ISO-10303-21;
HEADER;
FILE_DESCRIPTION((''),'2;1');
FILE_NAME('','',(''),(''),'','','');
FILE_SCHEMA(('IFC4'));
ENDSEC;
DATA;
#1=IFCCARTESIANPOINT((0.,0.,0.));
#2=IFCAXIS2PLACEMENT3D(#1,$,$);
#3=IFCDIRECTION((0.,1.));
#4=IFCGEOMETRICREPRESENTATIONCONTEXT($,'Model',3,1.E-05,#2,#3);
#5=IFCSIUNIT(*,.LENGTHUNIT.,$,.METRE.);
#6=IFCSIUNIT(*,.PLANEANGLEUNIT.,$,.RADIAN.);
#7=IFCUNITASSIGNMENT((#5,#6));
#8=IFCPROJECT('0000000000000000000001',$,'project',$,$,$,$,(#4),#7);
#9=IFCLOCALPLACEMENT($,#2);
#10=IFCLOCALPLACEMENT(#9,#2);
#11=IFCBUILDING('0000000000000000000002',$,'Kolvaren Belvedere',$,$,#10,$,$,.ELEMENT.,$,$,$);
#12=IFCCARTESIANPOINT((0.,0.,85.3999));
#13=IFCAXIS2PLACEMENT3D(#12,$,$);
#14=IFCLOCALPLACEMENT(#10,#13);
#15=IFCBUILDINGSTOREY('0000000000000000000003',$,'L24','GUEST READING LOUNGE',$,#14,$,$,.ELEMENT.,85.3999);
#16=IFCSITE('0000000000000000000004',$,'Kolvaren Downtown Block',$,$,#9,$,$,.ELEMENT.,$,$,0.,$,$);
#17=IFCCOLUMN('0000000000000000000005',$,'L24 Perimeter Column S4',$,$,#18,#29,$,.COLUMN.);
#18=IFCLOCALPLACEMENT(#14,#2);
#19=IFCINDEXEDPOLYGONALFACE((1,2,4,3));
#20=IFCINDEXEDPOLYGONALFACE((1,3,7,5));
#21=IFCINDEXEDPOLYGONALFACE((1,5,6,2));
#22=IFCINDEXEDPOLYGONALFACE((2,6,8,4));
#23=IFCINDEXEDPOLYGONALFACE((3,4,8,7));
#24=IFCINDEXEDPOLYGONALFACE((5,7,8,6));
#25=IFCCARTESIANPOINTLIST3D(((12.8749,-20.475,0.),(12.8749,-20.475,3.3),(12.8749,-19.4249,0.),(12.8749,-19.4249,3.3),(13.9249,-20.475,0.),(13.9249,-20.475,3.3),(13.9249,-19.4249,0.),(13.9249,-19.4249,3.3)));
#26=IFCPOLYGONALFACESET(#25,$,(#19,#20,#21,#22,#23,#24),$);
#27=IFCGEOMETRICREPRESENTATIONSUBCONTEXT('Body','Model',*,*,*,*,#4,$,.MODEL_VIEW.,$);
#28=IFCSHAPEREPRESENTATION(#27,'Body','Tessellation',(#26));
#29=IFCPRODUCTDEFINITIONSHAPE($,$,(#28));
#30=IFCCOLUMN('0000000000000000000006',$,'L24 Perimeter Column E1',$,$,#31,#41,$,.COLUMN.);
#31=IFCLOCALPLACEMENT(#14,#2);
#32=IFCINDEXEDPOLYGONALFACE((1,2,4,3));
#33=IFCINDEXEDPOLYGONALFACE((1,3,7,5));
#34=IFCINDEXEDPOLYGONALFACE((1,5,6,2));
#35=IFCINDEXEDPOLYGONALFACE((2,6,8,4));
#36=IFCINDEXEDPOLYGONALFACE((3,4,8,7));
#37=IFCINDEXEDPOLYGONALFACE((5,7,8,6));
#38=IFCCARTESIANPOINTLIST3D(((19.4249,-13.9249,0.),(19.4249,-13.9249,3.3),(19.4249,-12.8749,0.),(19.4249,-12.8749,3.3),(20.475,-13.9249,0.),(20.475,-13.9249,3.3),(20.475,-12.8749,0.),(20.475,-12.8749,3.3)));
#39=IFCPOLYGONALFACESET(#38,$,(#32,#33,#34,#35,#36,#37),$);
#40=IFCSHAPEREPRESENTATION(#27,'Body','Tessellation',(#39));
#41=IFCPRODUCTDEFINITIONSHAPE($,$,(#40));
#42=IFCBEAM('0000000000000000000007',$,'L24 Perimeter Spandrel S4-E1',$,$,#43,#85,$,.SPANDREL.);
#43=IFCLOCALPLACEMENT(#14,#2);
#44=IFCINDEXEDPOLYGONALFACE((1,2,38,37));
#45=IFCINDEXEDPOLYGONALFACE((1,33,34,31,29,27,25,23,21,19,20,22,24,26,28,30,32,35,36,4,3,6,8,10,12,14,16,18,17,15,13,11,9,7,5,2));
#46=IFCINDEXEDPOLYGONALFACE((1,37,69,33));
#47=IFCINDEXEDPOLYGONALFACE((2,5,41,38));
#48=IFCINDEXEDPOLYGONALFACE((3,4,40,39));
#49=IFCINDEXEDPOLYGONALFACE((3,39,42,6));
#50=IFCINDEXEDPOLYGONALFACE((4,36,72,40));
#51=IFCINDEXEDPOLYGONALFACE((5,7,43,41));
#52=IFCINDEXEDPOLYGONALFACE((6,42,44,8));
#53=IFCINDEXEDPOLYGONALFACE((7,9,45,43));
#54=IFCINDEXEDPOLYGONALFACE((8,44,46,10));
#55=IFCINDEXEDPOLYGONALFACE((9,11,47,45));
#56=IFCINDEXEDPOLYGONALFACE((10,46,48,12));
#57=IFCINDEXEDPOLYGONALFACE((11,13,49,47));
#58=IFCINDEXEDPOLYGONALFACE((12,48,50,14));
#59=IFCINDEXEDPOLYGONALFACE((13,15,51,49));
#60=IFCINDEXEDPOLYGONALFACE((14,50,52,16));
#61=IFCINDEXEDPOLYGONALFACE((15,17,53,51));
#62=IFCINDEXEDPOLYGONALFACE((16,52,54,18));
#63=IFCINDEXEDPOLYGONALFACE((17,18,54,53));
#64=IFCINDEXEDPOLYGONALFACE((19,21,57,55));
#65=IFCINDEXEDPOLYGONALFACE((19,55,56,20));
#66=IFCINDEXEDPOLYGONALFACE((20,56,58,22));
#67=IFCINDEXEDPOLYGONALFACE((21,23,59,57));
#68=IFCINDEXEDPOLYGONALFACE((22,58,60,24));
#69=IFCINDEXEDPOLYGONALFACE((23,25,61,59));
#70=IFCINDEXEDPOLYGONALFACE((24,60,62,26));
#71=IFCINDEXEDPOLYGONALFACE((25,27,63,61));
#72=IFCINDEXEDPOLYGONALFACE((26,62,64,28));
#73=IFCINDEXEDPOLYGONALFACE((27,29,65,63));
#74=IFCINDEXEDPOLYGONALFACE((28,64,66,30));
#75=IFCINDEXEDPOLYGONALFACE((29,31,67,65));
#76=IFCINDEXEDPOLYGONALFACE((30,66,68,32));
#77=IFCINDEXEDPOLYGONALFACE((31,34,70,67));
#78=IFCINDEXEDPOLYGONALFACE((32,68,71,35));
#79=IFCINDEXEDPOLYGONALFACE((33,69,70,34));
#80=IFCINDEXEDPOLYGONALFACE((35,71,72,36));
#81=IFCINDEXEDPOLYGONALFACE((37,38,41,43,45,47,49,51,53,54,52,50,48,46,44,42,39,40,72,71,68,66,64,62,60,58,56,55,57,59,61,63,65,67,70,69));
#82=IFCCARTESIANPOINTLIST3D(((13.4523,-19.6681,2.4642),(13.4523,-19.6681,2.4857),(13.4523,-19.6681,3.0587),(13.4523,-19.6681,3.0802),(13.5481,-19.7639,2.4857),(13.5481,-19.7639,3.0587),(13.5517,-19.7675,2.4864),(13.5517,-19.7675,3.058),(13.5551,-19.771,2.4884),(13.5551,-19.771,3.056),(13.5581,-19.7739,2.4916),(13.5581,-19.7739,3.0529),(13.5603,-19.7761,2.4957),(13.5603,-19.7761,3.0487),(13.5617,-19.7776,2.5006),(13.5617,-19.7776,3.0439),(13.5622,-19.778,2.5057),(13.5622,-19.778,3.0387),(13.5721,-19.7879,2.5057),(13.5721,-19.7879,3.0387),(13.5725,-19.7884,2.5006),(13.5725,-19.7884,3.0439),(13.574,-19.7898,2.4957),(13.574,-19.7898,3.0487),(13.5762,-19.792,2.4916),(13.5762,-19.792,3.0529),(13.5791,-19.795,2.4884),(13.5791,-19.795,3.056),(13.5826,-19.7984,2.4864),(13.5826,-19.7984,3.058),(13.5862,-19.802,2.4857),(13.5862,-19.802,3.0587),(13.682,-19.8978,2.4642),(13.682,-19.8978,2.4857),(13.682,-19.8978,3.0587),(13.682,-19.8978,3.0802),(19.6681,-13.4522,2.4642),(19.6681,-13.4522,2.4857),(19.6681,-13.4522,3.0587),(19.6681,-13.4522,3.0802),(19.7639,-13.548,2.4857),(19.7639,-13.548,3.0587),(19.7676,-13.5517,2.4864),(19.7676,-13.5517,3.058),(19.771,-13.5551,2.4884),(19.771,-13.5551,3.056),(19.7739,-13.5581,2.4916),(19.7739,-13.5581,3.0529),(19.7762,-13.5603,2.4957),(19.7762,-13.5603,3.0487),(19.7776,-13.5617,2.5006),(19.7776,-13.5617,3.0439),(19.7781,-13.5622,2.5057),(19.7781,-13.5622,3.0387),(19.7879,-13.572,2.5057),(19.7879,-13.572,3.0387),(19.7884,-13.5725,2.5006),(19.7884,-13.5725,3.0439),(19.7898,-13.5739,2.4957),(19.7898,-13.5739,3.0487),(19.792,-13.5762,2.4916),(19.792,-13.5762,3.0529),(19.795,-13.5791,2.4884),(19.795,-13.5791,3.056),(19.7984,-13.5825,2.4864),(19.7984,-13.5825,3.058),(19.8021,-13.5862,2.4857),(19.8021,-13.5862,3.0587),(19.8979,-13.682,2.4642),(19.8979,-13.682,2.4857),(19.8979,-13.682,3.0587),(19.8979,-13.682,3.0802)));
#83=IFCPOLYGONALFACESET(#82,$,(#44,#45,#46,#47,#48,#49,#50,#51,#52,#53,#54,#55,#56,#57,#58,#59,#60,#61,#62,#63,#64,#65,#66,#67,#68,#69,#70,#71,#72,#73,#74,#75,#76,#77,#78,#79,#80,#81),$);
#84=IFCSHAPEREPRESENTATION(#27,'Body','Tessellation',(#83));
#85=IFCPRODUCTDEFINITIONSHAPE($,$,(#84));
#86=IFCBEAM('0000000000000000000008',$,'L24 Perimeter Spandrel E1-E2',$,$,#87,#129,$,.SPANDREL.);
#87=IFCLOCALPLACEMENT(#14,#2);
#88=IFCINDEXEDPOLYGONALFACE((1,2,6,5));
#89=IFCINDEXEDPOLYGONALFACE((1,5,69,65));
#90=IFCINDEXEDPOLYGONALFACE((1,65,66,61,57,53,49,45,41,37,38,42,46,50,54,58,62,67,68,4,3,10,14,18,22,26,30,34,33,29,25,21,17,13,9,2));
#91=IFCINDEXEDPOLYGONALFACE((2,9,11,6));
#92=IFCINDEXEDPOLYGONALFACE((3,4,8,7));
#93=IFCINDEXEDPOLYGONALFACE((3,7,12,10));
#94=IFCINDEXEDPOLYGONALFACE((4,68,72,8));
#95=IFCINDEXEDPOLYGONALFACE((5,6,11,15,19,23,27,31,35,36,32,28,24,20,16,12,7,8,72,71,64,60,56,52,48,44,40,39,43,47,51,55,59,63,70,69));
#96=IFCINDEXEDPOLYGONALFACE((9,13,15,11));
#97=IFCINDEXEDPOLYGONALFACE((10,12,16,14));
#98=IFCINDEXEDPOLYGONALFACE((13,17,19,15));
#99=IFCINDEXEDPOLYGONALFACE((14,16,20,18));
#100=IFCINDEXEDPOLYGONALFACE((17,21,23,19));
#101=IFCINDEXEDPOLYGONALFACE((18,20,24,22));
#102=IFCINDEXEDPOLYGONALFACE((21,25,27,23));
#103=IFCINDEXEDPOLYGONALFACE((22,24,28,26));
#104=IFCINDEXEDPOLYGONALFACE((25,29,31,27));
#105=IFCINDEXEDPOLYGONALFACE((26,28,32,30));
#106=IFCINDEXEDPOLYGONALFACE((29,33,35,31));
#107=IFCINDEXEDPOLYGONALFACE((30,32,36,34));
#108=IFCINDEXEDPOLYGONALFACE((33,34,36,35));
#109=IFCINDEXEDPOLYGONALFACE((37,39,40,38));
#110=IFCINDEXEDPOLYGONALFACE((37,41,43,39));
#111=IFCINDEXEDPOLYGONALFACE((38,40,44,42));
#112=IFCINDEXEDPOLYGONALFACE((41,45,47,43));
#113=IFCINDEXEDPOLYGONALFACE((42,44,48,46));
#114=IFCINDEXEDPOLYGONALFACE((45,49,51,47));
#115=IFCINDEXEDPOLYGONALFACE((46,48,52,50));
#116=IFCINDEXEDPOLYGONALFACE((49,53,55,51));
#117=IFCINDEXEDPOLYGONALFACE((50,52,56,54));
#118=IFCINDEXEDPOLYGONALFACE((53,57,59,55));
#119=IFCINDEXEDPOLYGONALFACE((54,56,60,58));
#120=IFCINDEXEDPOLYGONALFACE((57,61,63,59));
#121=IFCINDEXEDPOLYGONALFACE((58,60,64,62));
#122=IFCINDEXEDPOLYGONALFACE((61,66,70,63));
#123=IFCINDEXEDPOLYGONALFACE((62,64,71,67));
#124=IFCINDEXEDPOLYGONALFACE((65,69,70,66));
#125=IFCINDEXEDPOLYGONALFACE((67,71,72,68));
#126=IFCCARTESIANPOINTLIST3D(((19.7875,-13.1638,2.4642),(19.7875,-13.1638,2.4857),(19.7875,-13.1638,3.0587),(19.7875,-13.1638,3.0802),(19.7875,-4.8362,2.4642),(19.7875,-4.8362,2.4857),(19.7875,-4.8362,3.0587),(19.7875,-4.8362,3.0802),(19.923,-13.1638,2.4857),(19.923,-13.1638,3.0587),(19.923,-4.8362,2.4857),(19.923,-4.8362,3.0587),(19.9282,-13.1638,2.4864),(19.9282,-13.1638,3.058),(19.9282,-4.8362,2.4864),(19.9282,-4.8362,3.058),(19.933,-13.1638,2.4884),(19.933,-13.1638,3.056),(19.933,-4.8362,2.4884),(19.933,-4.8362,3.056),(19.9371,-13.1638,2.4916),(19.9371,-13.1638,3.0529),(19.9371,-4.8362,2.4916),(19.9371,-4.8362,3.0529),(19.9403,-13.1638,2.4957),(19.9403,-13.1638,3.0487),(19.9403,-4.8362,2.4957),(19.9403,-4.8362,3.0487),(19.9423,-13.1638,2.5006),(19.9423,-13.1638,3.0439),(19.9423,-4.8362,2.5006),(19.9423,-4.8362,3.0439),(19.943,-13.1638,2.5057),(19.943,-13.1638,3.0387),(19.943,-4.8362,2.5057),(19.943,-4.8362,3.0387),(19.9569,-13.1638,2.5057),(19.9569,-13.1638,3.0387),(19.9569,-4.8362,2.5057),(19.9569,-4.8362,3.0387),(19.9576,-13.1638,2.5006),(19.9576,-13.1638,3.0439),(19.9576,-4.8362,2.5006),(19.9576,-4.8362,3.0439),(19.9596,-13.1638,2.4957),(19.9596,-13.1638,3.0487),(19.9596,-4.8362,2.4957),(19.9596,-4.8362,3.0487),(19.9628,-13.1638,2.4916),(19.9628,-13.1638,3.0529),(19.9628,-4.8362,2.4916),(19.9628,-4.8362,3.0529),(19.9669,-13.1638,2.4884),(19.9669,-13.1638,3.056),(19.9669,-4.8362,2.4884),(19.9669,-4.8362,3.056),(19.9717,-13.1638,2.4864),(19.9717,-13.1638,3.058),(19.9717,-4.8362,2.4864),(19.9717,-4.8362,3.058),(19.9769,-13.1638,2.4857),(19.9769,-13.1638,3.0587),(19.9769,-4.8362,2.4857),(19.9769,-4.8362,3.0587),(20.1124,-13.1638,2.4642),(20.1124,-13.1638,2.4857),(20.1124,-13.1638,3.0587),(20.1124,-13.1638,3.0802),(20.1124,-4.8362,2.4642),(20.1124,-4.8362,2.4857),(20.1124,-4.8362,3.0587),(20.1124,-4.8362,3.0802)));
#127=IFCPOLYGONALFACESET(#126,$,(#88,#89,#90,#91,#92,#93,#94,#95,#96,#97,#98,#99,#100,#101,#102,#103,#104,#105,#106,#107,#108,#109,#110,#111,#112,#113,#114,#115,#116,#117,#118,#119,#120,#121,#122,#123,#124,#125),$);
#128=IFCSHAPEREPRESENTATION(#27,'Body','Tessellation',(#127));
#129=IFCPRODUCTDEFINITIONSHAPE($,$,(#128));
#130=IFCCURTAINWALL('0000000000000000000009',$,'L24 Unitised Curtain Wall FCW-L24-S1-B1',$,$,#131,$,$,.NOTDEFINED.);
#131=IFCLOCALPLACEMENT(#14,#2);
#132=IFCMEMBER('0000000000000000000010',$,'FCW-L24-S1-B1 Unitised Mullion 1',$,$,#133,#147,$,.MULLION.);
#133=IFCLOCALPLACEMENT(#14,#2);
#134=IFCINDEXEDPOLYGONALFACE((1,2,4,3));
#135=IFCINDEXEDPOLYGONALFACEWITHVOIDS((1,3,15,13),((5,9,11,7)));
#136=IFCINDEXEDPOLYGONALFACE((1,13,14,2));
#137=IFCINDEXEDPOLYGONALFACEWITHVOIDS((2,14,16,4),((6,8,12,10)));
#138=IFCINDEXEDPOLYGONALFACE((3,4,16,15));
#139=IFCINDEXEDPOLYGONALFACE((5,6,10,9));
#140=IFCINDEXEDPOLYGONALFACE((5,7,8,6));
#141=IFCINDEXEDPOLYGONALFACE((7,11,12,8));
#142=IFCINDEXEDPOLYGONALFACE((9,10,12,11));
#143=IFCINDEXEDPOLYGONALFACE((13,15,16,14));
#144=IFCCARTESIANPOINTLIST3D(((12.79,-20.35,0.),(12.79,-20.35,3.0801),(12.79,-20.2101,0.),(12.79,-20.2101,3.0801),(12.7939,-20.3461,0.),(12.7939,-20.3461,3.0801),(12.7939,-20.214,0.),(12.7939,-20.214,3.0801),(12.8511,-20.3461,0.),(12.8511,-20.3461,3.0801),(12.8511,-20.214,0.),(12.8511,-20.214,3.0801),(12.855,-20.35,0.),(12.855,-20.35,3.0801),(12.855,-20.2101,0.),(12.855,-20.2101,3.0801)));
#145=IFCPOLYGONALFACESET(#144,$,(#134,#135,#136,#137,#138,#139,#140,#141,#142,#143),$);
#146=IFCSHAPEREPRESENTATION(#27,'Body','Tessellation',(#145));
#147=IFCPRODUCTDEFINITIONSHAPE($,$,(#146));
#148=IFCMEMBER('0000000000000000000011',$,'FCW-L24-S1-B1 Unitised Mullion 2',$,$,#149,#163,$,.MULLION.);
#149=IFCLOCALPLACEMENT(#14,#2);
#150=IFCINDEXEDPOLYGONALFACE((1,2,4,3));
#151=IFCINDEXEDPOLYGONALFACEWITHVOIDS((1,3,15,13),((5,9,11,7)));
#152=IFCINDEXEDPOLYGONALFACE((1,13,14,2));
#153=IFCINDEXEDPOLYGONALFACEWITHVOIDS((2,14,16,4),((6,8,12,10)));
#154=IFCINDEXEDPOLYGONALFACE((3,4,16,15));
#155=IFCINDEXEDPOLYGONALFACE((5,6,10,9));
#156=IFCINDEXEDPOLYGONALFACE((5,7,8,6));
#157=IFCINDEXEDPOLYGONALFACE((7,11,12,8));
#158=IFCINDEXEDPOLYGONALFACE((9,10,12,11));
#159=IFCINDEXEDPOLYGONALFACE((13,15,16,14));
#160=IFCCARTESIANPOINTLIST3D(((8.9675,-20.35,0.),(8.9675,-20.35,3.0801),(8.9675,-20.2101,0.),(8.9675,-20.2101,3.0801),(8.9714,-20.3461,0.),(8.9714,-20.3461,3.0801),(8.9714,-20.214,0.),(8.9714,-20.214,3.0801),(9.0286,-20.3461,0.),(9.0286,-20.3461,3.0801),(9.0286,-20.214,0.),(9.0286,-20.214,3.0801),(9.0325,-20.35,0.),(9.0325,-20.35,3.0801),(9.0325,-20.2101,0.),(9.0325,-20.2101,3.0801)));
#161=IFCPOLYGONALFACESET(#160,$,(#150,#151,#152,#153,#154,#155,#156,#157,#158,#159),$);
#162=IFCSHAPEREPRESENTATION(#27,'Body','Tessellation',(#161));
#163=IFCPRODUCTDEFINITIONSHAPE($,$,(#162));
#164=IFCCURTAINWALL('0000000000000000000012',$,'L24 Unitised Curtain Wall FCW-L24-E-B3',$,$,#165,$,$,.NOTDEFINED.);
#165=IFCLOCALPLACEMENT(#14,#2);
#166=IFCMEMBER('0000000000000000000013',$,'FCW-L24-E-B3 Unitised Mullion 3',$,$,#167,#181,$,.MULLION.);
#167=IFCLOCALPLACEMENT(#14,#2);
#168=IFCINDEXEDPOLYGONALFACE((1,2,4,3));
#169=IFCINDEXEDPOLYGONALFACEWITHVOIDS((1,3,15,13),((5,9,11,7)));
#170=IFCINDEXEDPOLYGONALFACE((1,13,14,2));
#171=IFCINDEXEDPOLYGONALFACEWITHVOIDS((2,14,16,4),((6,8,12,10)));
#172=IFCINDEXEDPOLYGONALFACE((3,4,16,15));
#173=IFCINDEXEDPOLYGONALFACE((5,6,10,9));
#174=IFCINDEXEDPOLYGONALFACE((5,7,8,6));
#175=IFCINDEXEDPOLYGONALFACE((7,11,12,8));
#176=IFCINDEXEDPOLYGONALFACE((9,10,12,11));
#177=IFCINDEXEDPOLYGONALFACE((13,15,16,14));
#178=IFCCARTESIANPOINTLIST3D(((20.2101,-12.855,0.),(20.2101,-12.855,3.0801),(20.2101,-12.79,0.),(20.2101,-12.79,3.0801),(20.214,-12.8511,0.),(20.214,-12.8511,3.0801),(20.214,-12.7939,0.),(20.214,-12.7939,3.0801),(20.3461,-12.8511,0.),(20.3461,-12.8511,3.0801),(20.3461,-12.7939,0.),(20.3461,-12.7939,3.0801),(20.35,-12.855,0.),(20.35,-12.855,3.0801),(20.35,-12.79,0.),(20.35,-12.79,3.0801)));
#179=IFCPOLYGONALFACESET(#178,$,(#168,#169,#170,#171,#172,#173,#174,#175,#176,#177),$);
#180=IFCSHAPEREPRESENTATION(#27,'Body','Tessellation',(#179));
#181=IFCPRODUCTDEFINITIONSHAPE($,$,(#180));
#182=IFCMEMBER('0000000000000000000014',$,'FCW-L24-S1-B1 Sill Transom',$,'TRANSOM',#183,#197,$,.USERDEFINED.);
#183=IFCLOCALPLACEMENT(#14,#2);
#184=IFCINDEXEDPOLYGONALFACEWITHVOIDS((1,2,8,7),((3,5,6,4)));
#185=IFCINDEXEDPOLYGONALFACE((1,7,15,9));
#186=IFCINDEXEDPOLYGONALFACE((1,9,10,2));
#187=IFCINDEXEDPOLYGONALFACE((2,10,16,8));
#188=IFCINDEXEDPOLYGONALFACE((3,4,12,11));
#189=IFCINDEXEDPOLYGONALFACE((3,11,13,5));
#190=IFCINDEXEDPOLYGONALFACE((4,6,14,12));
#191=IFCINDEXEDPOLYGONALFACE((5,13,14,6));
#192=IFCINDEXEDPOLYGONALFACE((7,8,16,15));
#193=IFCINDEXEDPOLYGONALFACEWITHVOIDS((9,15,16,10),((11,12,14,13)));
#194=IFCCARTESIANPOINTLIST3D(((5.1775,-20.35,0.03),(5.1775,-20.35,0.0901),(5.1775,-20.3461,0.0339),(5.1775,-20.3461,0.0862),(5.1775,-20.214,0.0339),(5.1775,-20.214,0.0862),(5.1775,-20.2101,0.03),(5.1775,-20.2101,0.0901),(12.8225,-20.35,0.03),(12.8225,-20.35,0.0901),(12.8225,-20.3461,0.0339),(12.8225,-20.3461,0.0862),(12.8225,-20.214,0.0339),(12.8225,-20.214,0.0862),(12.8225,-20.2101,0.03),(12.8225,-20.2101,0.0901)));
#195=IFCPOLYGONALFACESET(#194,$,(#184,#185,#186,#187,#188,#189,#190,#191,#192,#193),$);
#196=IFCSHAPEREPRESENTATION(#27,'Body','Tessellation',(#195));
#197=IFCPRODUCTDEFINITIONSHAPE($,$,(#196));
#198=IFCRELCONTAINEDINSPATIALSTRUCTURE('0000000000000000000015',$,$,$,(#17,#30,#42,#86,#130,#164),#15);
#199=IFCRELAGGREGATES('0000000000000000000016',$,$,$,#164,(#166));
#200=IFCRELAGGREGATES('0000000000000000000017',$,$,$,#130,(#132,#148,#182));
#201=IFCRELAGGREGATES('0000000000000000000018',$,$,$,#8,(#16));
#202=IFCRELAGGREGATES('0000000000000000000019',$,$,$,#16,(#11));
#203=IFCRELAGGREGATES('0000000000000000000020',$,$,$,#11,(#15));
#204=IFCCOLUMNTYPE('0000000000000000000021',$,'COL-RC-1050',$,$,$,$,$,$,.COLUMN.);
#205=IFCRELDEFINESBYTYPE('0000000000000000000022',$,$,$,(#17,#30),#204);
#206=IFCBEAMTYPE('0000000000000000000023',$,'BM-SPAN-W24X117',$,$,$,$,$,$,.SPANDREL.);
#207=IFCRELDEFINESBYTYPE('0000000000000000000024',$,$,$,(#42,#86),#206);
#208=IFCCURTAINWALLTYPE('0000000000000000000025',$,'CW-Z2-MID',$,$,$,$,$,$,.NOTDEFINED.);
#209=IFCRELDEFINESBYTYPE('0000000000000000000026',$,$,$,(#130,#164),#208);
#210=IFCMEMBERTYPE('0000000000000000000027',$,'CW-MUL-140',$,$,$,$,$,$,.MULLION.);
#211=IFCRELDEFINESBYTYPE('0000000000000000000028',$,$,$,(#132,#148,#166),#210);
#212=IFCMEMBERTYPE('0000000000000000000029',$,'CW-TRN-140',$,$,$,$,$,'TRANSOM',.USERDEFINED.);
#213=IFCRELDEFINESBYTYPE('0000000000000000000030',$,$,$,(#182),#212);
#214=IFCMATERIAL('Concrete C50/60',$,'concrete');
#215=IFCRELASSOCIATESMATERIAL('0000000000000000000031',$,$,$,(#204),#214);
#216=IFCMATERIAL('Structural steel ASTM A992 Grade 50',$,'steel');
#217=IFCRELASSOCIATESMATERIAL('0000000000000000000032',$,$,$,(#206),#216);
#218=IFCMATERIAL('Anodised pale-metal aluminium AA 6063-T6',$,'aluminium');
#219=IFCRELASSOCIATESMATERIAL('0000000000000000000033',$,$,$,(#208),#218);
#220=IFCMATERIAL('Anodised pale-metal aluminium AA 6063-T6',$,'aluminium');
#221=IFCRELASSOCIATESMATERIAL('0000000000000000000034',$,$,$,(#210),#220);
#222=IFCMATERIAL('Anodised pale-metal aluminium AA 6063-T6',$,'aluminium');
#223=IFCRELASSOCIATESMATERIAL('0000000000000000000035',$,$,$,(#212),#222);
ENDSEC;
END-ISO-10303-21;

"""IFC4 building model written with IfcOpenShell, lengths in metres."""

from ifc_helpers import new_model, si_unit, direction, frame, origin, origin_2d, place, context, subcontext, project, spatial, rectangle, hollow_rectangle, i_section, extrude, material, material_profile, profile_set, type_object, element, aggregate, save


model = new_model("IFC4")

# Units and contexts
model_context = context("Model", 3, precision=1e-05, world=origin(), true_north=direction((0.0, 1.0)))
body_context = subcontext(model_context, "Body", "Model", "MODEL_VIEW")
ifc_project = project(units=[si_unit("LENGTHUNIT", "METRE"), si_unit("PLANEANGLEUNIT", "RADIAN")], contexts=[model_context])

# Site, building, storey
site_placement = place(None, origin())
site = spatial("IfcSite", under=ifc_project, at=site_placement, Name="Kolvaren Downtown Block", CompositionType="ELEMENT", RefElevation=0.0)
building_placement = place(site_placement, origin())
building = spatial("IfcBuilding", under=site, at=building_placement, Name="Kolvaren Belvedere", CompositionType="ELEMENT")
storey_placement = place(building_placement, frame((0.0, 0.0, 85.3999)))
storey = spatial("IfcBuildingStorey", under=building, at=storey_placement, Name="L24", Description="GUEST READING LOUNGE", CompositionType="ELEMENT", Elevation=85.3999)

# Columns
ifc_material_1 = material(Name="Concrete C50/60", Category="concrete")
ifc_material_profile_1 = material_profile(ifc_material_1, rectangle(XDim=1.05, YDim=1.05, at=origin_2d()), Name="RC 1050X1050")
ifc_profile_set_1 = profile_set([ifc_material_profile_1], Name="Concrete C50/60")
column_type = type_object("IfcColumnType", Name="COL-RC-1050", PredefinedType="COLUMN", material=ifc_profile_set_1)
for number, where, z_axis, x_axis, name in (
    (1, (13.3999, -19.95, 0.0), (0.0, 0.0, 1.0), (1.0, 0.0, 0.0), "L24 Perimeter Column S4"),
    (2, (19.95, -13.3999, 0.0), (0.0, 0.0, 1.0), (1.0, 0.0, 0.0), "L24 Perimeter Column E1"),
):
    element("IfcColumn", number, at=place(storey_placement, frame(where, z_axis=z_axis, x_axis=x_axis)), inside=storey, type_object=column_type, Name=name, PredefinedType="COLUMN", context=body_context, shape_type="SweptSolid", body=[
        extrude(rectangle(XDim=1.05, YDim=1.05, at=origin_2d()), origin(), (0.0, 0.0, 1.0), 3.3),
    ])

# Beams
ifc_material_2 = material(Name="Structural steel ASTM A992 Grade 50", Category="steel")
ifc_material_profile_2 = material_profile(ifc_material_2, i_section(OverallWidth=0.325, OverallDepth=0.616, WebThickness=0.0139, FlangeThickness=0.0215, FilletRadius=0.02, at=origin_2d()), Name="W24X117")
ifc_profile_set_2 = profile_set([ifc_material_profile_2], Name="Structural steel ASTM A992 Grade 50")
beam_type = type_object("IfcBeamType", Name="BM-SPAN-W24X117", PredefinedType="SPANDREL", material=ifc_profile_set_2)
beam_1_placement = place(storey_placement, frame((13.5671, -19.783, 2.7722), z_axis=(0.707107, 0.707107, 0.0), x_axis=(-0.707107, 0.707107, 0.0)))
element("IfcBeam", 3, at=beam_1_placement, inside=storey, type_object=beam_type, Name="L24 Perimeter Spandrel S4-E1", PredefinedType="SPANDREL", context=body_context, shape_type="SweptSolid", body=[
    extrude(i_section(OverallWidth=0.325, OverallDepth=0.616, WebThickness=0.0139, FlangeThickness=0.0215, FilletRadius=0.02, at=origin_2d()), origin(), (0.0, 0.0, 1.0), 8.7905),
])
beam_2_placement = place(storey_placement, frame((19.95, -13.1638, 2.7722), z_axis=(0.0, 1.0, 0.0), x_axis=(-1.0, 0.0, 0.0)))
element("IfcBeam", 4, at=beam_2_placement, inside=storey, type_object=beam_type, Name="L24 Perimeter Spandrel E1-E2", PredefinedType="SPANDREL", context=body_context, shape_type="SweptSolid", body=[
    extrude(i_section(OverallWidth=0.325, OverallDepth=0.616, WebThickness=0.0139, FlangeThickness=0.0215, FilletRadius=0.02, at=origin_2d()), origin(), (0.0, 0.0, 1.0), 8.3276),
])

# Curtain wall, members
ifc_material_3 = material(Name="Anodised pale-metal aluminium AA 6063-T6", Category="aluminium")
curtain_wall_type = type_object("IfcCurtainWallType", Name="CW-Z2-MID", PredefinedType="NOTDEFINED", material=ifc_material_3)
curtain_wall_1_placement = place(storey_placement, origin())
curtain_wall_1 = element("IfcCurtainWall", 5, at=curtain_wall_1_placement, inside=storey, type_object=curtain_wall_type, Name="L24 Unitised Curtain Wall FCW-L24-S1-B1", PredefinedType="NOTDEFINED")
ifc_material_4 = material(Name="Anodised pale-metal aluminium AA 6063-T6", Category="aluminium")
ifc_material_profile_3 = material_profile(ifc_material_4, hollow_rectangle(XDim=0.0649, YDim=0.1399, WallThickness=0.0039, at=origin_2d()), Name="ALU-MUL-140X65")
ifc_profile_set_3 = profile_set([ifc_material_profile_3], Name="Anodised pale-metal aluminium AA 6063-T6")
member_type_1 = type_object("IfcMemberType", Name="CW-MUL-140", PredefinedType="MULLION", material=ifc_profile_set_3)
member_1_placement = place(storey_placement, frame((12.8225, -20.28, 0.0), z_axis=(0.0, 0.0, 1.0), x_axis=(1.0, 0.0, 0.0)))
member_1 = element("IfcMember", 6, at=member_1_placement, type_object=member_type_1, Name="FCW-L24-S1-B1 Unitised Mullion 1", PredefinedType="MULLION", context=body_context, shape_type="SweptSolid", body=[
    extrude(hollow_rectangle(XDim=0.0649, YDim=0.1399, WallThickness=0.0039, at=origin_2d()), origin(), (0.0, 0.0, 1.0), 3.0801),
])
member_2_placement = place(storey_placement, frame((9.0, -20.28, 0.0), z_axis=(0.0, 0.0, 1.0), x_axis=(1.0, 0.0, 0.0)))
member_2 = element("IfcMember", 7, at=member_2_placement, type_object=member_type_1, Name="FCW-L24-S1-B1 Unitised Mullion 2", PredefinedType="MULLION", context=body_context, shape_type="SweptSolid", body=[
    extrude(hollow_rectangle(XDim=0.0649, YDim=0.1399, WallThickness=0.0039, at=origin_2d()), origin(), (0.0, 0.0, 1.0), 3.0801),
])

# Curtain wall, member
curtain_wall_2_placement = place(storey_placement, origin())
curtain_wall_2 = element("IfcCurtainWall", 8, at=curtain_wall_2_placement, inside=storey, type_object=curtain_wall_type, Name="L24 Unitised Curtain Wall FCW-L24-E-B3", PredefinedType="NOTDEFINED")
member_3_placement = place(storey_placement, frame((20.28, -12.8225, 0.0), z_axis=(0.0, 0.0, 1.0), x_axis=(0.0, 1.0, 0.0)))
member_3 = element("IfcMember", 9, at=member_3_placement, type_object=member_type_1, Name="FCW-L24-E-B3 Unitised Mullion 3", PredefinedType="MULLION", context=body_context, shape_type="SweptSolid", body=[
    extrude(hollow_rectangle(XDim=0.0649, YDim=0.1399, WallThickness=0.0039, at=origin_2d()), origin(), (0.0, 0.0, 1.0), 3.0801),
])
aggregate(curtain_wall_2, [member_3])

# Member
ifc_material_5 = material(Name="Anodised pale-metal aluminium AA 6063-T6", Category="aluminium")
ifc_material_profile_4 = material_profile(ifc_material_5, hollow_rectangle(XDim=0.0601, YDim=0.1399, WallThickness=0.0039, at=origin_2d()), Name="ALU-TRN-140X60")
ifc_profile_set_4 = profile_set([ifc_material_profile_4], Name="Anodised pale-metal aluminium AA 6063-T6")
member_type_2 = type_object("IfcMemberType", Name="CW-TRN-140", ElementType="TRANSOM", PredefinedType="USERDEFINED", material=ifc_profile_set_4)
member_4_placement = place(storey_placement, frame((12.8225, -20.28, 0.0601), z_axis=(-1.0, 0.0, 0.0), x_axis=(0.0, 0.0, 1.0)))
member_4 = element("IfcMember", 10, at=member_4_placement, type_object=member_type_2, Name="FCW-L24-S1-B1 Sill Transom", ObjectType="TRANSOM", PredefinedType="USERDEFINED", context=body_context, shape_type="SweptSolid", body=[
    extrude(hollow_rectangle(XDim=0.0601, YDim=0.1399, WallThickness=0.0039, at=origin_2d()), origin(), (0.0, 0.0, 1.0), 7.645),
])

aggregate(curtain_wall_1, [member_1, member_2, member_4])

save(model, "model.ifc")
